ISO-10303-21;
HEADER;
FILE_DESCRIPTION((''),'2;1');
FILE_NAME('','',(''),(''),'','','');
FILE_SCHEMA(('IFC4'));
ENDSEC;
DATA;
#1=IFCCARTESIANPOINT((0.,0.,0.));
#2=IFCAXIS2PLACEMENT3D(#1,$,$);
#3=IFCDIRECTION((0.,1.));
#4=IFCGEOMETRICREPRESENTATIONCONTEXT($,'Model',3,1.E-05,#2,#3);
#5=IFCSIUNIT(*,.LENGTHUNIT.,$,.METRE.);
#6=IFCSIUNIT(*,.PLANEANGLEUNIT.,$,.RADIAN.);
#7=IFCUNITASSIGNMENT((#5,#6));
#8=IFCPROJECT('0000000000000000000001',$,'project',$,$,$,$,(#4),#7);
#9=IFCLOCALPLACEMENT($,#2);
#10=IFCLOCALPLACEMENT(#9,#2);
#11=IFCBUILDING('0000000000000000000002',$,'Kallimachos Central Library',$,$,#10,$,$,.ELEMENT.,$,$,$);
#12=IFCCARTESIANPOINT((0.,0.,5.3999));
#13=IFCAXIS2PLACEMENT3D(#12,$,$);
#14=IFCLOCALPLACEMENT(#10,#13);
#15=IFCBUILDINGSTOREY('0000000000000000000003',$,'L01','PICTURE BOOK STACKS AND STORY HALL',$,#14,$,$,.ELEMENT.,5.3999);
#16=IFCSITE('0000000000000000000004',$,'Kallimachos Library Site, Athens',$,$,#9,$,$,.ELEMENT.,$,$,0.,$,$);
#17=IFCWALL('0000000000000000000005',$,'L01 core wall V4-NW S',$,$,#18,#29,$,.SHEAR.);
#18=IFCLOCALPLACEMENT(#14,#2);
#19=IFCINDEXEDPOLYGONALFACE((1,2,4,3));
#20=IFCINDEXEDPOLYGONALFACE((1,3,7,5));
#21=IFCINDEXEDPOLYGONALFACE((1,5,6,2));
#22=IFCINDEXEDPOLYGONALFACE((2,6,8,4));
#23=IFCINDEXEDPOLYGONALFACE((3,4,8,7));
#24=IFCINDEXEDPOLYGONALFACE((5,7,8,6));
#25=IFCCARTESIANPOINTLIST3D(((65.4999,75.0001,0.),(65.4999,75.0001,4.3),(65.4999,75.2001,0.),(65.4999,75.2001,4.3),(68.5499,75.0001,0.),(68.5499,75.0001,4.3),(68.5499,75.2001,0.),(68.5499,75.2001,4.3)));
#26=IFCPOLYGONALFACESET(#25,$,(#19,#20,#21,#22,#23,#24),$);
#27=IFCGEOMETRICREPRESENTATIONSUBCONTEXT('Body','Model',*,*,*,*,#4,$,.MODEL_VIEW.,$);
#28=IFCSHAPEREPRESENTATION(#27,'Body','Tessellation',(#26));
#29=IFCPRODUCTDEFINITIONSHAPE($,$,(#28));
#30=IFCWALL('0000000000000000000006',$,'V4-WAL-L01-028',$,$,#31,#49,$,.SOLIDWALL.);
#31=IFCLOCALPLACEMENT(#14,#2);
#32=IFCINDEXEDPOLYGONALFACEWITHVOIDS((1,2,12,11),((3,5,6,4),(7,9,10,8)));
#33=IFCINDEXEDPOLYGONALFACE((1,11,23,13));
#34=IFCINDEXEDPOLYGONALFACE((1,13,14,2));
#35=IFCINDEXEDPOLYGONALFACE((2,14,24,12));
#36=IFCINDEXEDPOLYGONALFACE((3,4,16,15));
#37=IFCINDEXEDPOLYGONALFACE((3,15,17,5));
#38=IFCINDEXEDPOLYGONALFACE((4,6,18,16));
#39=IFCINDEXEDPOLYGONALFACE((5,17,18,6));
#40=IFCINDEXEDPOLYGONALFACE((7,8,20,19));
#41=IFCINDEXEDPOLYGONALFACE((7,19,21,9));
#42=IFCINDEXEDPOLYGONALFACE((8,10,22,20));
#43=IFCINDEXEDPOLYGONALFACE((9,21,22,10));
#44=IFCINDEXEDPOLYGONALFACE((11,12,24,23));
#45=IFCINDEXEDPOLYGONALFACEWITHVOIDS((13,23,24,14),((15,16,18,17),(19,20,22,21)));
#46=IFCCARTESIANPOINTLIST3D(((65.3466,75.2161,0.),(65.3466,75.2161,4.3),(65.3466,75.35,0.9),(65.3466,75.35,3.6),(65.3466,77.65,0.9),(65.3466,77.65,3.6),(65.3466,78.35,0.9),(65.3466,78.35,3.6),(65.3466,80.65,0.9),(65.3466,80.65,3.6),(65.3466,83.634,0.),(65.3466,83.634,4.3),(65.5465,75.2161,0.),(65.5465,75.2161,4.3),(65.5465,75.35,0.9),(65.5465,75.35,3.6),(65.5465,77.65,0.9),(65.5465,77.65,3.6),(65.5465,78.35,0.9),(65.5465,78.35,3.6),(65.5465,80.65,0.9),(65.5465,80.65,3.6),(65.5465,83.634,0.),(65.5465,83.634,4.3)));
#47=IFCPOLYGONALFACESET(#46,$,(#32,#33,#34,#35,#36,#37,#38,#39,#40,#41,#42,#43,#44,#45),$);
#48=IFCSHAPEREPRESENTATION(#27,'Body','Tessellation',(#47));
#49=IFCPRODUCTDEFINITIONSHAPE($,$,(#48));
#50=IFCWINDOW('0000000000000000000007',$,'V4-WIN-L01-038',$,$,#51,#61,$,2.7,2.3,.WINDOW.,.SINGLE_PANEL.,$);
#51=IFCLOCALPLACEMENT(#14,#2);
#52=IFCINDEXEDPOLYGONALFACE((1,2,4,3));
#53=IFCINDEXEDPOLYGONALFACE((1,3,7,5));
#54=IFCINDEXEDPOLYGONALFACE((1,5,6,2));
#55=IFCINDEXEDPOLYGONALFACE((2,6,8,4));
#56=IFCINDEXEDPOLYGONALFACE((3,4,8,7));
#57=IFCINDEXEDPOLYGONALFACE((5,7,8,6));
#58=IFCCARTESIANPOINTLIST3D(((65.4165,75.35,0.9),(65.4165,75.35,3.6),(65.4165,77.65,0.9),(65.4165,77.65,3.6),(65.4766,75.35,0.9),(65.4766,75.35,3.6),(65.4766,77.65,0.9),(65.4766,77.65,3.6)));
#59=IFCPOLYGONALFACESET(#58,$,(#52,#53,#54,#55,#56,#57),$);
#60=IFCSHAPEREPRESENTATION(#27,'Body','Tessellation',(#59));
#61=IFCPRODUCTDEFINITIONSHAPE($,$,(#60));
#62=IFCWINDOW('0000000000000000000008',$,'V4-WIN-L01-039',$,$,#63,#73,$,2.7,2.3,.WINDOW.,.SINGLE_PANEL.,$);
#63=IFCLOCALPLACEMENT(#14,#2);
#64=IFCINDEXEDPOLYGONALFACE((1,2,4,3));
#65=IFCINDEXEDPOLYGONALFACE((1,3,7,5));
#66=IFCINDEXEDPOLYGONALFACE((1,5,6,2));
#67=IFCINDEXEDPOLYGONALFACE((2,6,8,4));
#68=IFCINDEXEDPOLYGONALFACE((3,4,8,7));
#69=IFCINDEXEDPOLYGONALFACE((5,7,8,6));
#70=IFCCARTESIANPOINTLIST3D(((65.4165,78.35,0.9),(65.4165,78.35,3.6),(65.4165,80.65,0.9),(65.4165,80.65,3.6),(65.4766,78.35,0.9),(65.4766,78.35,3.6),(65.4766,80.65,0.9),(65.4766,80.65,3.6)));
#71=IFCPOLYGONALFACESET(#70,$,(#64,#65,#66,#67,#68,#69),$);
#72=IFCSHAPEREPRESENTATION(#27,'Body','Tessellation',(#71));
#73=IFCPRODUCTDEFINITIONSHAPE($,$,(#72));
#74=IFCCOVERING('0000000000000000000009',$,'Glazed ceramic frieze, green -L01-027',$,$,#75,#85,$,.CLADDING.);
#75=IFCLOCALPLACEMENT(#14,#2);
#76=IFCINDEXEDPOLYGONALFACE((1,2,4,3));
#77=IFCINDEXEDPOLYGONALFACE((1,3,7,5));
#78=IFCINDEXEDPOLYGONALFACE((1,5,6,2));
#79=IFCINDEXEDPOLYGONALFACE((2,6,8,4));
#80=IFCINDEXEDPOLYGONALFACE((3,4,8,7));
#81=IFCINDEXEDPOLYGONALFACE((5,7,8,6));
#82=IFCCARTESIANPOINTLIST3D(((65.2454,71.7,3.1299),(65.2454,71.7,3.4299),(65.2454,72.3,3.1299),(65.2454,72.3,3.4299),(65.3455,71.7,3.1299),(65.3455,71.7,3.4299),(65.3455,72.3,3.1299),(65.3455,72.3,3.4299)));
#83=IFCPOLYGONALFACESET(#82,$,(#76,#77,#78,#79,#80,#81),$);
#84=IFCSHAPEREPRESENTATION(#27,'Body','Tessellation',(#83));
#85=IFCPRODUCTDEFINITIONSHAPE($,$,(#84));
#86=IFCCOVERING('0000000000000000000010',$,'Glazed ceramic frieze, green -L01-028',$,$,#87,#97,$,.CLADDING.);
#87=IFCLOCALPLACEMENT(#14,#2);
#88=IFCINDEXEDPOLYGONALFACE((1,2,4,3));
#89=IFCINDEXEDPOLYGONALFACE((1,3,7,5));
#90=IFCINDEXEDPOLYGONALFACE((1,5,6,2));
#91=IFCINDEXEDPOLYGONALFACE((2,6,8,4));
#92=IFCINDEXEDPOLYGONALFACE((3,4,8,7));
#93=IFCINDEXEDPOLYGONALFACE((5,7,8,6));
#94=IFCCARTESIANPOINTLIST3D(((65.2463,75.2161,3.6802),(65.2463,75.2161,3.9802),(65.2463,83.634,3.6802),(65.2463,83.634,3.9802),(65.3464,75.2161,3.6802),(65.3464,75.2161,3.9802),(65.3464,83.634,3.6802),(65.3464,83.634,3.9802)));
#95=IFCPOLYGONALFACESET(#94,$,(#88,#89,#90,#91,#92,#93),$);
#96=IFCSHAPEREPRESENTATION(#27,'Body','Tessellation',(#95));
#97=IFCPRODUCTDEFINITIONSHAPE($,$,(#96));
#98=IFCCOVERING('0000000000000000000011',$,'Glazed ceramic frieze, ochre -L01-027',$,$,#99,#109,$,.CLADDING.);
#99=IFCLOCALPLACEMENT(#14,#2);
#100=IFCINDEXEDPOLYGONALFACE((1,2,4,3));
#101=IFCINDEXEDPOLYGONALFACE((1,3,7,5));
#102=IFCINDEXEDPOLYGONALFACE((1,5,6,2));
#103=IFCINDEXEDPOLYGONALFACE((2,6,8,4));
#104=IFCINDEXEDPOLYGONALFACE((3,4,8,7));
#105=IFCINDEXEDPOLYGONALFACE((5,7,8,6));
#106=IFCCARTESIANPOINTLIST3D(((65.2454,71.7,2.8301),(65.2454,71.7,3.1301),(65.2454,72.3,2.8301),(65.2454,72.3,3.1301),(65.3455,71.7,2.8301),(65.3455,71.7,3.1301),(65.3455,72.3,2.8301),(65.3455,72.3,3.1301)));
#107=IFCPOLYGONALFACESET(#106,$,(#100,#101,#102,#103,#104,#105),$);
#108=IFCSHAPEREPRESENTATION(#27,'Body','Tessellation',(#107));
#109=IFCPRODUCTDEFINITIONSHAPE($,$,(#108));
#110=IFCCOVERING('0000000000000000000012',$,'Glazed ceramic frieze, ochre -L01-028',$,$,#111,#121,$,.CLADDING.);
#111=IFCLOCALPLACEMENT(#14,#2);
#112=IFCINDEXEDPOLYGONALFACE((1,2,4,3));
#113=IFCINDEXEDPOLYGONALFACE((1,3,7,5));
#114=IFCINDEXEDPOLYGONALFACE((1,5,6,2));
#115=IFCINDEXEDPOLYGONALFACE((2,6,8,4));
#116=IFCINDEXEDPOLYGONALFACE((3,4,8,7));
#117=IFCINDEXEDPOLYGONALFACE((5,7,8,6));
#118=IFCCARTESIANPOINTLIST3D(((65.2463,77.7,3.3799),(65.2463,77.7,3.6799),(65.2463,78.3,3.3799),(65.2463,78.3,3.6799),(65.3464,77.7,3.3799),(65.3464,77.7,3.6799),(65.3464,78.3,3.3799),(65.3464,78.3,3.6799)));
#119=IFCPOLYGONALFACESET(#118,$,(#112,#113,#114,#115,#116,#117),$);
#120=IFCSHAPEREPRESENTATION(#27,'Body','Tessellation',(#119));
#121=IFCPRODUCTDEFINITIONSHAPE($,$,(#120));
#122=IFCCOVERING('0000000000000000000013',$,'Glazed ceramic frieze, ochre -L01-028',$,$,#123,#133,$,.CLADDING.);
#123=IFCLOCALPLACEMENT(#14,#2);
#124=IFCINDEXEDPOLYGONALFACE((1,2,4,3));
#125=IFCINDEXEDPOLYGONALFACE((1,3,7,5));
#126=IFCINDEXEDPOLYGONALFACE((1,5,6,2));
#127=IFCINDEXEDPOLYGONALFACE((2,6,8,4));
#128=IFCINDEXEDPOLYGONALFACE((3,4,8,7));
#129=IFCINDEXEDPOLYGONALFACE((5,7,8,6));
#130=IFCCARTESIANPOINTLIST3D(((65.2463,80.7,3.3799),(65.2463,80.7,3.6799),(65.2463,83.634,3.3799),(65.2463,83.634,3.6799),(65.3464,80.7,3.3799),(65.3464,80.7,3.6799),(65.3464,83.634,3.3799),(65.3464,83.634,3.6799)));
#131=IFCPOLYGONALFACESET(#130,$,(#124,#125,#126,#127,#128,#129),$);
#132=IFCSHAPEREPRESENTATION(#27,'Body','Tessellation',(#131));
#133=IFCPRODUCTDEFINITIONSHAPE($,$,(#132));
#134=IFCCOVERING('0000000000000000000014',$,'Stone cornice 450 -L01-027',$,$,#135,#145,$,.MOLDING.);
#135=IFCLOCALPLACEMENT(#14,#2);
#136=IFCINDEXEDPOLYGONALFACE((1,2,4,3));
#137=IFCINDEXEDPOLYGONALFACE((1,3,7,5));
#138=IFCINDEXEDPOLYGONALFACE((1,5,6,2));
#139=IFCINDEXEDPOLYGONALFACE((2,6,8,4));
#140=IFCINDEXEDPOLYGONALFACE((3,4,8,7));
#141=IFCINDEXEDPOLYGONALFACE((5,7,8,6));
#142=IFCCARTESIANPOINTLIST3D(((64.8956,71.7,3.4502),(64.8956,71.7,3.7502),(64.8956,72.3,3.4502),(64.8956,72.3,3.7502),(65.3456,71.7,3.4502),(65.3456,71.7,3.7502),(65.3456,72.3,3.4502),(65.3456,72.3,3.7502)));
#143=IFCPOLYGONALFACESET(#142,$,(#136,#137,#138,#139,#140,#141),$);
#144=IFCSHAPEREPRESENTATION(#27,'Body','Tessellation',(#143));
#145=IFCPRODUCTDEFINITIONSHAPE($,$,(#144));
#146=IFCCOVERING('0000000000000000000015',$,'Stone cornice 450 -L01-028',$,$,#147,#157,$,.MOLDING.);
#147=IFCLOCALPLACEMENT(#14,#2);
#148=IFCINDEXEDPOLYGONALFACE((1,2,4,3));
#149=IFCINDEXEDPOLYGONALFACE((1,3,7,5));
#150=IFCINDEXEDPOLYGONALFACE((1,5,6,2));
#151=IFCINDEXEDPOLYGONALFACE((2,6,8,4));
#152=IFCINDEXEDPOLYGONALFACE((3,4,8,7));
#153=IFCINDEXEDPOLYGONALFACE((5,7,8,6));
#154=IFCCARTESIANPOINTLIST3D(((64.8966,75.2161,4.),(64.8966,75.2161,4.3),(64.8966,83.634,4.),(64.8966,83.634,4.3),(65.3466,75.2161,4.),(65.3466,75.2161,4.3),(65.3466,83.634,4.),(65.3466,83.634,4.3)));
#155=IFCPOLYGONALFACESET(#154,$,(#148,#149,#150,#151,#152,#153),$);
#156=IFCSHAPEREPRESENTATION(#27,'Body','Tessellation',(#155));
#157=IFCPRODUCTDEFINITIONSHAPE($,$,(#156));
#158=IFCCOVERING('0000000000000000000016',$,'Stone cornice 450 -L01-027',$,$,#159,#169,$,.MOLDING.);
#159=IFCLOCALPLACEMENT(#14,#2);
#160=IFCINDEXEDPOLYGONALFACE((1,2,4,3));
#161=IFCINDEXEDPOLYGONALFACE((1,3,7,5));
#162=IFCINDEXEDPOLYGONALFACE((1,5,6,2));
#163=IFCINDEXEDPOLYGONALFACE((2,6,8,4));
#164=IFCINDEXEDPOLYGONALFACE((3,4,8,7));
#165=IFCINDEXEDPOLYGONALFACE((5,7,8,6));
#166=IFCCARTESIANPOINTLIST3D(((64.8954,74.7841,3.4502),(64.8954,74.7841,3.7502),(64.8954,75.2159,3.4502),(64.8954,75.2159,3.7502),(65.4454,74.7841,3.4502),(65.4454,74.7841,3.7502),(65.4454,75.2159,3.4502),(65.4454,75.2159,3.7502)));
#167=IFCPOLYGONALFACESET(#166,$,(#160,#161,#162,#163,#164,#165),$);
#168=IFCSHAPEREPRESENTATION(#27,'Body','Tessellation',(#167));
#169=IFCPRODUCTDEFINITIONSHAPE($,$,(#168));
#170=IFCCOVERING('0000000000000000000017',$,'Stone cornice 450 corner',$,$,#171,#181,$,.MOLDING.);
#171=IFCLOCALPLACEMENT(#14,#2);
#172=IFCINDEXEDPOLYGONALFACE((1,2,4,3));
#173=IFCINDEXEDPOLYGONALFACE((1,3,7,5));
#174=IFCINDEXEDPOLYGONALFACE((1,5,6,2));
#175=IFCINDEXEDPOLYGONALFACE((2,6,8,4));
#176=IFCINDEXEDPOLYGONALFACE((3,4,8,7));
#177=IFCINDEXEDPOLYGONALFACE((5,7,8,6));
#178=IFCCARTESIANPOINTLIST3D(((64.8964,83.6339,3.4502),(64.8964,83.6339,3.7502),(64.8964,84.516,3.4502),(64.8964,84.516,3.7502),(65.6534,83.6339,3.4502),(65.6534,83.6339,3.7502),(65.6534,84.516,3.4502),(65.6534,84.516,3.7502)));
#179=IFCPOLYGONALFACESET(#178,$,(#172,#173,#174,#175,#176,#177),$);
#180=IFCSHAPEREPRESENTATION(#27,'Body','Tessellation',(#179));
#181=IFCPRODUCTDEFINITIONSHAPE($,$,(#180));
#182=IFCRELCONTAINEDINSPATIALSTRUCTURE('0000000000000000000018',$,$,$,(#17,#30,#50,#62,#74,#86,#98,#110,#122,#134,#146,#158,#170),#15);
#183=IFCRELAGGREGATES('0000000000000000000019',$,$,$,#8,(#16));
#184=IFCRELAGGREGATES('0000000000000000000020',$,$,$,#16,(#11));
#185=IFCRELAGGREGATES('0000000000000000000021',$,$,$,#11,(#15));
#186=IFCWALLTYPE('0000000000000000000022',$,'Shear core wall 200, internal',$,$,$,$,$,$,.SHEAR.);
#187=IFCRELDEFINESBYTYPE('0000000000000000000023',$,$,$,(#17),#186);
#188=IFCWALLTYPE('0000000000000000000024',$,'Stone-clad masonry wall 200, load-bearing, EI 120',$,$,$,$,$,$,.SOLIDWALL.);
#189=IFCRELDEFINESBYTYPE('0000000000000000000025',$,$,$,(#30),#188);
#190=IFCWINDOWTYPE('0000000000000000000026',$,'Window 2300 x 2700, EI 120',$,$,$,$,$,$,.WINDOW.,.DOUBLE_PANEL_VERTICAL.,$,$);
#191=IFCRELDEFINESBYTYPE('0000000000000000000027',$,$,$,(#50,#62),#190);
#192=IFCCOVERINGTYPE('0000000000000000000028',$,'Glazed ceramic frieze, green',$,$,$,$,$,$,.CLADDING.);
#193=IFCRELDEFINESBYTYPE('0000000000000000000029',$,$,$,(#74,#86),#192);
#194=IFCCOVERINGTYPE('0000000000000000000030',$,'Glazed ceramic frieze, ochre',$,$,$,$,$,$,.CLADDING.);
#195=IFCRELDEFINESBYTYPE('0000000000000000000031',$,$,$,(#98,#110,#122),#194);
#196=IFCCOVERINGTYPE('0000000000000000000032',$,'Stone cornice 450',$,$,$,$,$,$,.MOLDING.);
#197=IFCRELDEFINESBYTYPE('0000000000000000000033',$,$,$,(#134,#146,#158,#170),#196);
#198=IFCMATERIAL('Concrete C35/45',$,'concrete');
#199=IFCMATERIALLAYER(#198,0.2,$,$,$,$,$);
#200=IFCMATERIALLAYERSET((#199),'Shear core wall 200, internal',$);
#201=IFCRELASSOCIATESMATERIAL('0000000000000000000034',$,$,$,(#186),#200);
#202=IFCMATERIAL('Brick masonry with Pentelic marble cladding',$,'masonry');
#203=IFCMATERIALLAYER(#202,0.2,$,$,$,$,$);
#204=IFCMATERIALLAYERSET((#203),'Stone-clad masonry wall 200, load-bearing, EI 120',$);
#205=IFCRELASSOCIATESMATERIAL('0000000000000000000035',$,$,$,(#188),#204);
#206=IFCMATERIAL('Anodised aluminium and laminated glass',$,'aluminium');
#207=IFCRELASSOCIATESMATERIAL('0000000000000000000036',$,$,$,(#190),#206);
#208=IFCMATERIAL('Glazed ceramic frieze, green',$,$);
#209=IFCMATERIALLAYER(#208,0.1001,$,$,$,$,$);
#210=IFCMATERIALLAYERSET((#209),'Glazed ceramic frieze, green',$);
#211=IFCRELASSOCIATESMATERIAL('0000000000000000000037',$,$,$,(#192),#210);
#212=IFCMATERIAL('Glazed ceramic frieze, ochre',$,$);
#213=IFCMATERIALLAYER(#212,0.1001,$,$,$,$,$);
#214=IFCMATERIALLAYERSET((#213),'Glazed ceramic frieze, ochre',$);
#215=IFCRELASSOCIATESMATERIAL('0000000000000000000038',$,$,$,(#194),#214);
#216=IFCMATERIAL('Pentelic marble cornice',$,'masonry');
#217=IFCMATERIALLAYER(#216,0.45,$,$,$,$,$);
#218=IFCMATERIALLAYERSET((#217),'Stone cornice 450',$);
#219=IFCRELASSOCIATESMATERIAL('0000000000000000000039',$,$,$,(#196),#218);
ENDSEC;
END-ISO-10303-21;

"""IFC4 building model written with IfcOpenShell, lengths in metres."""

from ifc_helpers import new_model, si_unit, direction, frame, frame_2d, origin, origin_2d, place, context, subcontext, project, spatial, rectangle, extrude, material, layer, layer_set, type_object, element, fill, save


model = new_model("IFC4")

# Units and contexts
model_context = context("Model", 3, precision=1e-05, world=origin(), true_north=direction((0.0, 1.0)))
body_context = subcontext(model_context, "Body", "Model", "MODEL_VIEW")
ifc_project = project(units=[si_unit("LENGTHUNIT", "METRE"), si_unit("PLANEANGLEUNIT", "RADIAN")], contexts=[model_context])

# Site, building, storey
site_placement = place(None, origin())
site = spatial("IfcSite", under=ifc_project, at=site_placement, Name="Kallimachos Library Site, Athens", CompositionType="ELEMENT", RefElevation=0.0)
building_placement = place(site_placement, origin())
building = spatial("IfcBuilding", under=site, at=building_placement, Name="Kallimachos Central Library", CompositionType="ELEMENT")
storey_placement = place(building_placement, frame((0.0, 0.0, 5.3999)))
storey = spatial("IfcBuildingStorey", under=building, at=storey_placement, Name="L01", Description="PICTURE BOOK STACKS AND STORY HALL", CompositionType="ELEMENT", Elevation=5.3999)

# Wall
ifc_material_1 = material(Name="Concrete C35/45", Category="concrete")
ifc_layer_1 = layer(ifc_material_1, 0.2)
ifc_layer_set_1 = layer_set([ifc_layer_1], Name="Shear core wall 200, internal")
wall_type_1 = type_object("IfcWallType", Name="Shear core wall 200, internal", PredefinedType="SHEAR", material=ifc_layer_set_1)
wall_1_placement = place(storey_placement, frame((65.5, 75.1001, 0.0), z_axis=(0.0, 0.0, 1.0), x_axis=(1.0, 0.0, 0.0)))
element("IfcWall", 1, at=wall_1_placement, inside=storey, type_object=wall_type_1, Name="L01 core wall V4-NW S", PredefinedType="SHEAR", context=body_context, shape_type="SweptSolid", body=[
    extrude(rectangle(XDim=3.05, YDim=0.2, at=frame_2d((1.5249, 0.0))), origin(), (0.0, 0.0, 1.0), 4.3),
])

# Wall, openings, windows
ifc_material_2 = material(Name="Brick masonry with Pentelic marble cladding", Category="masonry")
ifc_layer_2 = layer(ifc_material_2, 0.2)
ifc_layer_set_2 = layer_set([ifc_layer_2], Name="Stone-clad masonry wall 200, load-bearing, EI 120")
wall_type_2 = type_object("IfcWallType", Name="Stone-clad masonry wall 200, load-bearing, EI 120", PredefinedType="SOLIDWALL", material=ifc_layer_set_2)
wall_2_placement = place(storey_placement, frame((65.4465, 75.2161, 0.0), z_axis=(0.0, 0.0, 1.0), x_axis=(0.0, 1.0, 0.0)))
wall_2 = element("IfcWall", 2, at=wall_2_placement, inside=storey, type_object=wall_type_2, Name="V4-WAL-L01-028", PredefinedType="SOLIDWALL", context=body_context, shape_type="SweptSolid", body=[
    extrude(rectangle(XDim=8.418, YDim=0.2, at=frame_2d((4.209, 0.0))), origin(), (0.0, 0.0, 1.0), 4.3),
])
opening_1_placement = place(wall_2_placement, frame((0.134, 0.0, 0.8999)))
opening_1 = element("IfcOpeningElement", 3, at=opening_1_placement, cuts=wall_2, PredefinedType="OPENING", context=body_context, shape_type="SweptSolid", body=[
    extrude(rectangle(XDim=2.3, YDim=2.7, at=frame_2d((1.1499, 1.3501))), frame((0.0, 0.1099, 0.0), z_axis=(0.0, -1.0, 0.0), x_axis=(1.0, 0.0, 0.0)), (0.0, 0.0, 1.0), 0.22),
])
opening_2_placement = place(wall_2_placement, frame((3.134, 0.0, 0.8999)))
opening_2 = element("IfcOpeningElement", 4, at=opening_2_placement, cuts=wall_2, PredefinedType="OPENING", context=body_context, shape_type="SweptSolid", body=[
    extrude(rectangle(XDim=2.3, YDim=2.7, at=frame_2d((1.1499, 1.3501))), frame((0.0, 0.1099, 0.0), z_axis=(0.0, -1.0, 0.0), x_axis=(1.0, 0.0, 0.0)), (0.0, 0.0, 1.0), 0.22),
])
ifc_material_3 = material(Name="Anodised aluminium and laminated glass", Category="aluminium")
window_type = type_object("IfcWindowType", Name="Window 2300 x 2700, EI 120", PartitioningType="DOUBLE_PANEL_VERTICAL", PredefinedType="WINDOW", material=ifc_material_3)
window_1_placement = place(opening_1_placement, origin())
window_1 = element("IfcWindow", 5, at=window_1_placement, inside=storey, type_object=window_type, Name="V4-WIN-L01-038", OverallHeight=2.7, OverallWidth=2.3, PartitioningType="SINGLE_PANEL", PredefinedType="WINDOW", context=body_context, shape_type="SweptSolid", body=[
    extrude(rectangle(XDim=2.3, YDim=2.7, at=frame_2d((1.1499, 1.3501))), frame((0.0, 0.03, 0.0), z_axis=(0.0, -1.0, 0.0), x_axis=(1.0, 0.0, 0.0)), (0.0, 0.0, 1.0), 0.0601),
])
fill(opening_1, window_1)
window_2_placement = place(opening_2_placement, origin())
window_2 = element("IfcWindow", 6, at=window_2_placement, inside=storey, type_object=window_type, Name="V4-WIN-L01-039", OverallHeight=2.7, OverallWidth=2.3, PartitioningType="SINGLE_PANEL", PredefinedType="WINDOW", context=body_context, shape_type="SweptSolid", body=[
    extrude(rectangle(XDim=2.3, YDim=2.7, at=frame_2d((1.1499, 1.3501))), frame((0.0, 0.03, 0.0), z_axis=(0.0, -1.0, 0.0), x_axis=(1.0, 0.0, 0.0)), (0.0, 0.0, 1.0), 0.0601),
])
fill(opening_2, window_2)

# Coverings
ifc_material_4 = material(Name="Glazed ceramic frieze, green")
ifc_layer_3 = layer(ifc_material_4, 0.1001)
ifc_layer_set_3 = layer_set([ifc_layer_3], Name="Glazed ceramic frieze, green")
covering_type_1 = type_object("IfcCoveringType", Name="Glazed ceramic frieze, green", PredefinedType="CLADDING", material=ifc_layer_set_3)
covering_1_placement = place(storey_placement, frame((65.2954, 72.0, 3.1299), z_axis=(0.0, 0.0, 1.0), x_axis=(1.0, 0.0, 0.0)))
element("IfcCovering", 7, at=covering_1_placement, inside=storey, type_object=covering_type_1, Name="Glazed ceramic frieze, green -L01-027", PredefinedType="CLADDING", context=body_context, shape_type="SweptSolid", body=[
    extrude(rectangle(XDim=0.1001, YDim=0.6001, at=origin_2d()), origin(), (0.0, 0.0, 1.0), 0.3),
])
covering_2_placement = place(storey_placement, frame((65.2964, 79.425, 3.6802), z_axis=(0.0, 0.0, 1.0), x_axis=(1.0, 0.0, 0.0)))
element("IfcCovering", 8, at=covering_2_placement, inside=storey, type_object=covering_type_1, Name="Glazed ceramic frieze, green -L01-028", PredefinedType="CLADDING", context=body_context, shape_type="SweptSolid", body=[
    extrude(rectangle(XDim=0.1001, YDim=8.418, at=origin_2d()), origin(), (0.0, 0.0, 1.0), 0.3),
])
ifc_material_5 = material(Name="Glazed ceramic frieze, ochre")
ifc_layer_4 = layer(ifc_material_5, 0.1001)
ifc_layer_set_4 = layer_set([ifc_layer_4], Name="Glazed ceramic frieze, ochre")
covering_type_2 = type_object("IfcCoveringType", Name="Glazed ceramic frieze, ochre", PredefinedType="CLADDING", material=ifc_layer_set_4)
for number, where, z_axis, x_axis, name in (
    (9, (65.2954, 72.0, 2.8301), (0.0, 0.0, 1.0), (1.0, 0.0, 0.0), "Glazed ceramic frieze, ochre -L01-027"),
    (10, (65.2964, 78.0, 3.3799), (0.0, 0.0, 1.0), (1.0, 0.0, 0.0), "Glazed ceramic frieze, ochre -L01-028"),
):
    element("IfcCovering", number, at=place(storey_placement, frame(where, z_axis=z_axis, x_axis=x_axis)), inside=storey, type_object=covering_type_2, Name=name, PredefinedType="CLADDING", context=body_context, shape_type="SweptSolid", body=[
        extrude(rectangle(XDim=0.1001, YDim=0.6001, at=origin_2d()), origin(), (0.0, 0.0, 1.0), 0.3),
    ])
covering_3_placement = place(storey_placement, frame((65.2964, 82.167, 3.3799), z_axis=(0.0, 0.0, 1.0), x_axis=(1.0, 0.0, 0.0)))
element("IfcCovering", 11, at=covering_3_placement, inside=storey, type_object=covering_type_2, Name="Glazed ceramic frieze, ochre -L01-028", PredefinedType="CLADDING", context=body_context, shape_type="SweptSolid", body=[
    extrude(rectangle(XDim=0.1001, YDim=2.9341, at=origin_2d()), origin(), (0.0, 0.0, 1.0), 0.3),
])
ifc_material_6 = material(Name="Pentelic marble cornice", Category="masonry")
ifc_layer_5 = layer(ifc_material_6, 0.45)
ifc_layer_set_5 = layer_set([ifc_layer_5], Name="Stone cornice 450")
covering_type_3 = type_object("IfcCoveringType", Name="Stone cornice 450", PredefinedType="MOLDING", material=ifc_layer_set_5)
covering_4_placement = place(storey_placement, frame((65.1206, 72.0, 3.4502), z_axis=(0.0, 0.0, 1.0), x_axis=(1.0, 0.0, 0.0)))
element("IfcCovering", 12, at=covering_4_placement, inside=storey, type_object=covering_type_3, Name="Stone cornice 450 -L01-027", PredefinedType="MOLDING", context=body_context, shape_type="SweptSolid", body=[
    extrude(rectangle(XDim=0.45, YDim=0.6001, at=origin_2d()), origin(), (0.0, 0.0, 1.0), 0.3),
])
covering_5_placement = place(storey_placement, frame((65.1216, 79.425, 4.0), z_axis=(0.0, 0.0, 1.0), x_axis=(1.0, 0.0, 0.0)))
element("IfcCovering", 13, at=covering_5_placement, inside=storey, type_object=covering_type_3, Name="Stone cornice 450 -L01-028", PredefinedType="MOLDING", context=body_context, shape_type="SweptSolid", body=[
    extrude(rectangle(XDim=0.45, YDim=8.418, at=origin_2d()), origin(), (0.0, 0.0, 1.0), 0.3),
])
covering_6_placement = place(storey_placement, frame((65.1704, 75.0, 3.4502), z_axis=(0.0, 0.0, 1.0), x_axis=(1.0, 0.0, 0.0)))
element("IfcCovering", 14, at=covering_6_placement, inside=storey, type_object=covering_type_3, Name="Stone cornice 450 -L01-027", PredefinedType="MOLDING", context=body_context, shape_type="SweptSolid", body=[
    extrude(rectangle(XDim=0.55, YDim=0.4319, at=origin_2d()), origin(), (0.0, 0.0, 1.0), 0.3),
])
covering_7_placement = place(storey_placement, frame((65.2749, 84.075, 3.4502), z_axis=(0.0, 0.0, 1.0), x_axis=(1.0, 0.0, 0.0)))
element("IfcCovering", 15, at=covering_7_placement, inside=storey, type_object=covering_type_3, Name="Stone cornice 450 corner", PredefinedType="MOLDING", context=body_context, shape_type="SweptSolid", body=[
    extrude(rectangle(XDim=0.7571, YDim=0.8821, at=origin_2d()), origin(), (0.0, 0.0, 1.0), 0.3),
])

save(model, "model.ifc")
